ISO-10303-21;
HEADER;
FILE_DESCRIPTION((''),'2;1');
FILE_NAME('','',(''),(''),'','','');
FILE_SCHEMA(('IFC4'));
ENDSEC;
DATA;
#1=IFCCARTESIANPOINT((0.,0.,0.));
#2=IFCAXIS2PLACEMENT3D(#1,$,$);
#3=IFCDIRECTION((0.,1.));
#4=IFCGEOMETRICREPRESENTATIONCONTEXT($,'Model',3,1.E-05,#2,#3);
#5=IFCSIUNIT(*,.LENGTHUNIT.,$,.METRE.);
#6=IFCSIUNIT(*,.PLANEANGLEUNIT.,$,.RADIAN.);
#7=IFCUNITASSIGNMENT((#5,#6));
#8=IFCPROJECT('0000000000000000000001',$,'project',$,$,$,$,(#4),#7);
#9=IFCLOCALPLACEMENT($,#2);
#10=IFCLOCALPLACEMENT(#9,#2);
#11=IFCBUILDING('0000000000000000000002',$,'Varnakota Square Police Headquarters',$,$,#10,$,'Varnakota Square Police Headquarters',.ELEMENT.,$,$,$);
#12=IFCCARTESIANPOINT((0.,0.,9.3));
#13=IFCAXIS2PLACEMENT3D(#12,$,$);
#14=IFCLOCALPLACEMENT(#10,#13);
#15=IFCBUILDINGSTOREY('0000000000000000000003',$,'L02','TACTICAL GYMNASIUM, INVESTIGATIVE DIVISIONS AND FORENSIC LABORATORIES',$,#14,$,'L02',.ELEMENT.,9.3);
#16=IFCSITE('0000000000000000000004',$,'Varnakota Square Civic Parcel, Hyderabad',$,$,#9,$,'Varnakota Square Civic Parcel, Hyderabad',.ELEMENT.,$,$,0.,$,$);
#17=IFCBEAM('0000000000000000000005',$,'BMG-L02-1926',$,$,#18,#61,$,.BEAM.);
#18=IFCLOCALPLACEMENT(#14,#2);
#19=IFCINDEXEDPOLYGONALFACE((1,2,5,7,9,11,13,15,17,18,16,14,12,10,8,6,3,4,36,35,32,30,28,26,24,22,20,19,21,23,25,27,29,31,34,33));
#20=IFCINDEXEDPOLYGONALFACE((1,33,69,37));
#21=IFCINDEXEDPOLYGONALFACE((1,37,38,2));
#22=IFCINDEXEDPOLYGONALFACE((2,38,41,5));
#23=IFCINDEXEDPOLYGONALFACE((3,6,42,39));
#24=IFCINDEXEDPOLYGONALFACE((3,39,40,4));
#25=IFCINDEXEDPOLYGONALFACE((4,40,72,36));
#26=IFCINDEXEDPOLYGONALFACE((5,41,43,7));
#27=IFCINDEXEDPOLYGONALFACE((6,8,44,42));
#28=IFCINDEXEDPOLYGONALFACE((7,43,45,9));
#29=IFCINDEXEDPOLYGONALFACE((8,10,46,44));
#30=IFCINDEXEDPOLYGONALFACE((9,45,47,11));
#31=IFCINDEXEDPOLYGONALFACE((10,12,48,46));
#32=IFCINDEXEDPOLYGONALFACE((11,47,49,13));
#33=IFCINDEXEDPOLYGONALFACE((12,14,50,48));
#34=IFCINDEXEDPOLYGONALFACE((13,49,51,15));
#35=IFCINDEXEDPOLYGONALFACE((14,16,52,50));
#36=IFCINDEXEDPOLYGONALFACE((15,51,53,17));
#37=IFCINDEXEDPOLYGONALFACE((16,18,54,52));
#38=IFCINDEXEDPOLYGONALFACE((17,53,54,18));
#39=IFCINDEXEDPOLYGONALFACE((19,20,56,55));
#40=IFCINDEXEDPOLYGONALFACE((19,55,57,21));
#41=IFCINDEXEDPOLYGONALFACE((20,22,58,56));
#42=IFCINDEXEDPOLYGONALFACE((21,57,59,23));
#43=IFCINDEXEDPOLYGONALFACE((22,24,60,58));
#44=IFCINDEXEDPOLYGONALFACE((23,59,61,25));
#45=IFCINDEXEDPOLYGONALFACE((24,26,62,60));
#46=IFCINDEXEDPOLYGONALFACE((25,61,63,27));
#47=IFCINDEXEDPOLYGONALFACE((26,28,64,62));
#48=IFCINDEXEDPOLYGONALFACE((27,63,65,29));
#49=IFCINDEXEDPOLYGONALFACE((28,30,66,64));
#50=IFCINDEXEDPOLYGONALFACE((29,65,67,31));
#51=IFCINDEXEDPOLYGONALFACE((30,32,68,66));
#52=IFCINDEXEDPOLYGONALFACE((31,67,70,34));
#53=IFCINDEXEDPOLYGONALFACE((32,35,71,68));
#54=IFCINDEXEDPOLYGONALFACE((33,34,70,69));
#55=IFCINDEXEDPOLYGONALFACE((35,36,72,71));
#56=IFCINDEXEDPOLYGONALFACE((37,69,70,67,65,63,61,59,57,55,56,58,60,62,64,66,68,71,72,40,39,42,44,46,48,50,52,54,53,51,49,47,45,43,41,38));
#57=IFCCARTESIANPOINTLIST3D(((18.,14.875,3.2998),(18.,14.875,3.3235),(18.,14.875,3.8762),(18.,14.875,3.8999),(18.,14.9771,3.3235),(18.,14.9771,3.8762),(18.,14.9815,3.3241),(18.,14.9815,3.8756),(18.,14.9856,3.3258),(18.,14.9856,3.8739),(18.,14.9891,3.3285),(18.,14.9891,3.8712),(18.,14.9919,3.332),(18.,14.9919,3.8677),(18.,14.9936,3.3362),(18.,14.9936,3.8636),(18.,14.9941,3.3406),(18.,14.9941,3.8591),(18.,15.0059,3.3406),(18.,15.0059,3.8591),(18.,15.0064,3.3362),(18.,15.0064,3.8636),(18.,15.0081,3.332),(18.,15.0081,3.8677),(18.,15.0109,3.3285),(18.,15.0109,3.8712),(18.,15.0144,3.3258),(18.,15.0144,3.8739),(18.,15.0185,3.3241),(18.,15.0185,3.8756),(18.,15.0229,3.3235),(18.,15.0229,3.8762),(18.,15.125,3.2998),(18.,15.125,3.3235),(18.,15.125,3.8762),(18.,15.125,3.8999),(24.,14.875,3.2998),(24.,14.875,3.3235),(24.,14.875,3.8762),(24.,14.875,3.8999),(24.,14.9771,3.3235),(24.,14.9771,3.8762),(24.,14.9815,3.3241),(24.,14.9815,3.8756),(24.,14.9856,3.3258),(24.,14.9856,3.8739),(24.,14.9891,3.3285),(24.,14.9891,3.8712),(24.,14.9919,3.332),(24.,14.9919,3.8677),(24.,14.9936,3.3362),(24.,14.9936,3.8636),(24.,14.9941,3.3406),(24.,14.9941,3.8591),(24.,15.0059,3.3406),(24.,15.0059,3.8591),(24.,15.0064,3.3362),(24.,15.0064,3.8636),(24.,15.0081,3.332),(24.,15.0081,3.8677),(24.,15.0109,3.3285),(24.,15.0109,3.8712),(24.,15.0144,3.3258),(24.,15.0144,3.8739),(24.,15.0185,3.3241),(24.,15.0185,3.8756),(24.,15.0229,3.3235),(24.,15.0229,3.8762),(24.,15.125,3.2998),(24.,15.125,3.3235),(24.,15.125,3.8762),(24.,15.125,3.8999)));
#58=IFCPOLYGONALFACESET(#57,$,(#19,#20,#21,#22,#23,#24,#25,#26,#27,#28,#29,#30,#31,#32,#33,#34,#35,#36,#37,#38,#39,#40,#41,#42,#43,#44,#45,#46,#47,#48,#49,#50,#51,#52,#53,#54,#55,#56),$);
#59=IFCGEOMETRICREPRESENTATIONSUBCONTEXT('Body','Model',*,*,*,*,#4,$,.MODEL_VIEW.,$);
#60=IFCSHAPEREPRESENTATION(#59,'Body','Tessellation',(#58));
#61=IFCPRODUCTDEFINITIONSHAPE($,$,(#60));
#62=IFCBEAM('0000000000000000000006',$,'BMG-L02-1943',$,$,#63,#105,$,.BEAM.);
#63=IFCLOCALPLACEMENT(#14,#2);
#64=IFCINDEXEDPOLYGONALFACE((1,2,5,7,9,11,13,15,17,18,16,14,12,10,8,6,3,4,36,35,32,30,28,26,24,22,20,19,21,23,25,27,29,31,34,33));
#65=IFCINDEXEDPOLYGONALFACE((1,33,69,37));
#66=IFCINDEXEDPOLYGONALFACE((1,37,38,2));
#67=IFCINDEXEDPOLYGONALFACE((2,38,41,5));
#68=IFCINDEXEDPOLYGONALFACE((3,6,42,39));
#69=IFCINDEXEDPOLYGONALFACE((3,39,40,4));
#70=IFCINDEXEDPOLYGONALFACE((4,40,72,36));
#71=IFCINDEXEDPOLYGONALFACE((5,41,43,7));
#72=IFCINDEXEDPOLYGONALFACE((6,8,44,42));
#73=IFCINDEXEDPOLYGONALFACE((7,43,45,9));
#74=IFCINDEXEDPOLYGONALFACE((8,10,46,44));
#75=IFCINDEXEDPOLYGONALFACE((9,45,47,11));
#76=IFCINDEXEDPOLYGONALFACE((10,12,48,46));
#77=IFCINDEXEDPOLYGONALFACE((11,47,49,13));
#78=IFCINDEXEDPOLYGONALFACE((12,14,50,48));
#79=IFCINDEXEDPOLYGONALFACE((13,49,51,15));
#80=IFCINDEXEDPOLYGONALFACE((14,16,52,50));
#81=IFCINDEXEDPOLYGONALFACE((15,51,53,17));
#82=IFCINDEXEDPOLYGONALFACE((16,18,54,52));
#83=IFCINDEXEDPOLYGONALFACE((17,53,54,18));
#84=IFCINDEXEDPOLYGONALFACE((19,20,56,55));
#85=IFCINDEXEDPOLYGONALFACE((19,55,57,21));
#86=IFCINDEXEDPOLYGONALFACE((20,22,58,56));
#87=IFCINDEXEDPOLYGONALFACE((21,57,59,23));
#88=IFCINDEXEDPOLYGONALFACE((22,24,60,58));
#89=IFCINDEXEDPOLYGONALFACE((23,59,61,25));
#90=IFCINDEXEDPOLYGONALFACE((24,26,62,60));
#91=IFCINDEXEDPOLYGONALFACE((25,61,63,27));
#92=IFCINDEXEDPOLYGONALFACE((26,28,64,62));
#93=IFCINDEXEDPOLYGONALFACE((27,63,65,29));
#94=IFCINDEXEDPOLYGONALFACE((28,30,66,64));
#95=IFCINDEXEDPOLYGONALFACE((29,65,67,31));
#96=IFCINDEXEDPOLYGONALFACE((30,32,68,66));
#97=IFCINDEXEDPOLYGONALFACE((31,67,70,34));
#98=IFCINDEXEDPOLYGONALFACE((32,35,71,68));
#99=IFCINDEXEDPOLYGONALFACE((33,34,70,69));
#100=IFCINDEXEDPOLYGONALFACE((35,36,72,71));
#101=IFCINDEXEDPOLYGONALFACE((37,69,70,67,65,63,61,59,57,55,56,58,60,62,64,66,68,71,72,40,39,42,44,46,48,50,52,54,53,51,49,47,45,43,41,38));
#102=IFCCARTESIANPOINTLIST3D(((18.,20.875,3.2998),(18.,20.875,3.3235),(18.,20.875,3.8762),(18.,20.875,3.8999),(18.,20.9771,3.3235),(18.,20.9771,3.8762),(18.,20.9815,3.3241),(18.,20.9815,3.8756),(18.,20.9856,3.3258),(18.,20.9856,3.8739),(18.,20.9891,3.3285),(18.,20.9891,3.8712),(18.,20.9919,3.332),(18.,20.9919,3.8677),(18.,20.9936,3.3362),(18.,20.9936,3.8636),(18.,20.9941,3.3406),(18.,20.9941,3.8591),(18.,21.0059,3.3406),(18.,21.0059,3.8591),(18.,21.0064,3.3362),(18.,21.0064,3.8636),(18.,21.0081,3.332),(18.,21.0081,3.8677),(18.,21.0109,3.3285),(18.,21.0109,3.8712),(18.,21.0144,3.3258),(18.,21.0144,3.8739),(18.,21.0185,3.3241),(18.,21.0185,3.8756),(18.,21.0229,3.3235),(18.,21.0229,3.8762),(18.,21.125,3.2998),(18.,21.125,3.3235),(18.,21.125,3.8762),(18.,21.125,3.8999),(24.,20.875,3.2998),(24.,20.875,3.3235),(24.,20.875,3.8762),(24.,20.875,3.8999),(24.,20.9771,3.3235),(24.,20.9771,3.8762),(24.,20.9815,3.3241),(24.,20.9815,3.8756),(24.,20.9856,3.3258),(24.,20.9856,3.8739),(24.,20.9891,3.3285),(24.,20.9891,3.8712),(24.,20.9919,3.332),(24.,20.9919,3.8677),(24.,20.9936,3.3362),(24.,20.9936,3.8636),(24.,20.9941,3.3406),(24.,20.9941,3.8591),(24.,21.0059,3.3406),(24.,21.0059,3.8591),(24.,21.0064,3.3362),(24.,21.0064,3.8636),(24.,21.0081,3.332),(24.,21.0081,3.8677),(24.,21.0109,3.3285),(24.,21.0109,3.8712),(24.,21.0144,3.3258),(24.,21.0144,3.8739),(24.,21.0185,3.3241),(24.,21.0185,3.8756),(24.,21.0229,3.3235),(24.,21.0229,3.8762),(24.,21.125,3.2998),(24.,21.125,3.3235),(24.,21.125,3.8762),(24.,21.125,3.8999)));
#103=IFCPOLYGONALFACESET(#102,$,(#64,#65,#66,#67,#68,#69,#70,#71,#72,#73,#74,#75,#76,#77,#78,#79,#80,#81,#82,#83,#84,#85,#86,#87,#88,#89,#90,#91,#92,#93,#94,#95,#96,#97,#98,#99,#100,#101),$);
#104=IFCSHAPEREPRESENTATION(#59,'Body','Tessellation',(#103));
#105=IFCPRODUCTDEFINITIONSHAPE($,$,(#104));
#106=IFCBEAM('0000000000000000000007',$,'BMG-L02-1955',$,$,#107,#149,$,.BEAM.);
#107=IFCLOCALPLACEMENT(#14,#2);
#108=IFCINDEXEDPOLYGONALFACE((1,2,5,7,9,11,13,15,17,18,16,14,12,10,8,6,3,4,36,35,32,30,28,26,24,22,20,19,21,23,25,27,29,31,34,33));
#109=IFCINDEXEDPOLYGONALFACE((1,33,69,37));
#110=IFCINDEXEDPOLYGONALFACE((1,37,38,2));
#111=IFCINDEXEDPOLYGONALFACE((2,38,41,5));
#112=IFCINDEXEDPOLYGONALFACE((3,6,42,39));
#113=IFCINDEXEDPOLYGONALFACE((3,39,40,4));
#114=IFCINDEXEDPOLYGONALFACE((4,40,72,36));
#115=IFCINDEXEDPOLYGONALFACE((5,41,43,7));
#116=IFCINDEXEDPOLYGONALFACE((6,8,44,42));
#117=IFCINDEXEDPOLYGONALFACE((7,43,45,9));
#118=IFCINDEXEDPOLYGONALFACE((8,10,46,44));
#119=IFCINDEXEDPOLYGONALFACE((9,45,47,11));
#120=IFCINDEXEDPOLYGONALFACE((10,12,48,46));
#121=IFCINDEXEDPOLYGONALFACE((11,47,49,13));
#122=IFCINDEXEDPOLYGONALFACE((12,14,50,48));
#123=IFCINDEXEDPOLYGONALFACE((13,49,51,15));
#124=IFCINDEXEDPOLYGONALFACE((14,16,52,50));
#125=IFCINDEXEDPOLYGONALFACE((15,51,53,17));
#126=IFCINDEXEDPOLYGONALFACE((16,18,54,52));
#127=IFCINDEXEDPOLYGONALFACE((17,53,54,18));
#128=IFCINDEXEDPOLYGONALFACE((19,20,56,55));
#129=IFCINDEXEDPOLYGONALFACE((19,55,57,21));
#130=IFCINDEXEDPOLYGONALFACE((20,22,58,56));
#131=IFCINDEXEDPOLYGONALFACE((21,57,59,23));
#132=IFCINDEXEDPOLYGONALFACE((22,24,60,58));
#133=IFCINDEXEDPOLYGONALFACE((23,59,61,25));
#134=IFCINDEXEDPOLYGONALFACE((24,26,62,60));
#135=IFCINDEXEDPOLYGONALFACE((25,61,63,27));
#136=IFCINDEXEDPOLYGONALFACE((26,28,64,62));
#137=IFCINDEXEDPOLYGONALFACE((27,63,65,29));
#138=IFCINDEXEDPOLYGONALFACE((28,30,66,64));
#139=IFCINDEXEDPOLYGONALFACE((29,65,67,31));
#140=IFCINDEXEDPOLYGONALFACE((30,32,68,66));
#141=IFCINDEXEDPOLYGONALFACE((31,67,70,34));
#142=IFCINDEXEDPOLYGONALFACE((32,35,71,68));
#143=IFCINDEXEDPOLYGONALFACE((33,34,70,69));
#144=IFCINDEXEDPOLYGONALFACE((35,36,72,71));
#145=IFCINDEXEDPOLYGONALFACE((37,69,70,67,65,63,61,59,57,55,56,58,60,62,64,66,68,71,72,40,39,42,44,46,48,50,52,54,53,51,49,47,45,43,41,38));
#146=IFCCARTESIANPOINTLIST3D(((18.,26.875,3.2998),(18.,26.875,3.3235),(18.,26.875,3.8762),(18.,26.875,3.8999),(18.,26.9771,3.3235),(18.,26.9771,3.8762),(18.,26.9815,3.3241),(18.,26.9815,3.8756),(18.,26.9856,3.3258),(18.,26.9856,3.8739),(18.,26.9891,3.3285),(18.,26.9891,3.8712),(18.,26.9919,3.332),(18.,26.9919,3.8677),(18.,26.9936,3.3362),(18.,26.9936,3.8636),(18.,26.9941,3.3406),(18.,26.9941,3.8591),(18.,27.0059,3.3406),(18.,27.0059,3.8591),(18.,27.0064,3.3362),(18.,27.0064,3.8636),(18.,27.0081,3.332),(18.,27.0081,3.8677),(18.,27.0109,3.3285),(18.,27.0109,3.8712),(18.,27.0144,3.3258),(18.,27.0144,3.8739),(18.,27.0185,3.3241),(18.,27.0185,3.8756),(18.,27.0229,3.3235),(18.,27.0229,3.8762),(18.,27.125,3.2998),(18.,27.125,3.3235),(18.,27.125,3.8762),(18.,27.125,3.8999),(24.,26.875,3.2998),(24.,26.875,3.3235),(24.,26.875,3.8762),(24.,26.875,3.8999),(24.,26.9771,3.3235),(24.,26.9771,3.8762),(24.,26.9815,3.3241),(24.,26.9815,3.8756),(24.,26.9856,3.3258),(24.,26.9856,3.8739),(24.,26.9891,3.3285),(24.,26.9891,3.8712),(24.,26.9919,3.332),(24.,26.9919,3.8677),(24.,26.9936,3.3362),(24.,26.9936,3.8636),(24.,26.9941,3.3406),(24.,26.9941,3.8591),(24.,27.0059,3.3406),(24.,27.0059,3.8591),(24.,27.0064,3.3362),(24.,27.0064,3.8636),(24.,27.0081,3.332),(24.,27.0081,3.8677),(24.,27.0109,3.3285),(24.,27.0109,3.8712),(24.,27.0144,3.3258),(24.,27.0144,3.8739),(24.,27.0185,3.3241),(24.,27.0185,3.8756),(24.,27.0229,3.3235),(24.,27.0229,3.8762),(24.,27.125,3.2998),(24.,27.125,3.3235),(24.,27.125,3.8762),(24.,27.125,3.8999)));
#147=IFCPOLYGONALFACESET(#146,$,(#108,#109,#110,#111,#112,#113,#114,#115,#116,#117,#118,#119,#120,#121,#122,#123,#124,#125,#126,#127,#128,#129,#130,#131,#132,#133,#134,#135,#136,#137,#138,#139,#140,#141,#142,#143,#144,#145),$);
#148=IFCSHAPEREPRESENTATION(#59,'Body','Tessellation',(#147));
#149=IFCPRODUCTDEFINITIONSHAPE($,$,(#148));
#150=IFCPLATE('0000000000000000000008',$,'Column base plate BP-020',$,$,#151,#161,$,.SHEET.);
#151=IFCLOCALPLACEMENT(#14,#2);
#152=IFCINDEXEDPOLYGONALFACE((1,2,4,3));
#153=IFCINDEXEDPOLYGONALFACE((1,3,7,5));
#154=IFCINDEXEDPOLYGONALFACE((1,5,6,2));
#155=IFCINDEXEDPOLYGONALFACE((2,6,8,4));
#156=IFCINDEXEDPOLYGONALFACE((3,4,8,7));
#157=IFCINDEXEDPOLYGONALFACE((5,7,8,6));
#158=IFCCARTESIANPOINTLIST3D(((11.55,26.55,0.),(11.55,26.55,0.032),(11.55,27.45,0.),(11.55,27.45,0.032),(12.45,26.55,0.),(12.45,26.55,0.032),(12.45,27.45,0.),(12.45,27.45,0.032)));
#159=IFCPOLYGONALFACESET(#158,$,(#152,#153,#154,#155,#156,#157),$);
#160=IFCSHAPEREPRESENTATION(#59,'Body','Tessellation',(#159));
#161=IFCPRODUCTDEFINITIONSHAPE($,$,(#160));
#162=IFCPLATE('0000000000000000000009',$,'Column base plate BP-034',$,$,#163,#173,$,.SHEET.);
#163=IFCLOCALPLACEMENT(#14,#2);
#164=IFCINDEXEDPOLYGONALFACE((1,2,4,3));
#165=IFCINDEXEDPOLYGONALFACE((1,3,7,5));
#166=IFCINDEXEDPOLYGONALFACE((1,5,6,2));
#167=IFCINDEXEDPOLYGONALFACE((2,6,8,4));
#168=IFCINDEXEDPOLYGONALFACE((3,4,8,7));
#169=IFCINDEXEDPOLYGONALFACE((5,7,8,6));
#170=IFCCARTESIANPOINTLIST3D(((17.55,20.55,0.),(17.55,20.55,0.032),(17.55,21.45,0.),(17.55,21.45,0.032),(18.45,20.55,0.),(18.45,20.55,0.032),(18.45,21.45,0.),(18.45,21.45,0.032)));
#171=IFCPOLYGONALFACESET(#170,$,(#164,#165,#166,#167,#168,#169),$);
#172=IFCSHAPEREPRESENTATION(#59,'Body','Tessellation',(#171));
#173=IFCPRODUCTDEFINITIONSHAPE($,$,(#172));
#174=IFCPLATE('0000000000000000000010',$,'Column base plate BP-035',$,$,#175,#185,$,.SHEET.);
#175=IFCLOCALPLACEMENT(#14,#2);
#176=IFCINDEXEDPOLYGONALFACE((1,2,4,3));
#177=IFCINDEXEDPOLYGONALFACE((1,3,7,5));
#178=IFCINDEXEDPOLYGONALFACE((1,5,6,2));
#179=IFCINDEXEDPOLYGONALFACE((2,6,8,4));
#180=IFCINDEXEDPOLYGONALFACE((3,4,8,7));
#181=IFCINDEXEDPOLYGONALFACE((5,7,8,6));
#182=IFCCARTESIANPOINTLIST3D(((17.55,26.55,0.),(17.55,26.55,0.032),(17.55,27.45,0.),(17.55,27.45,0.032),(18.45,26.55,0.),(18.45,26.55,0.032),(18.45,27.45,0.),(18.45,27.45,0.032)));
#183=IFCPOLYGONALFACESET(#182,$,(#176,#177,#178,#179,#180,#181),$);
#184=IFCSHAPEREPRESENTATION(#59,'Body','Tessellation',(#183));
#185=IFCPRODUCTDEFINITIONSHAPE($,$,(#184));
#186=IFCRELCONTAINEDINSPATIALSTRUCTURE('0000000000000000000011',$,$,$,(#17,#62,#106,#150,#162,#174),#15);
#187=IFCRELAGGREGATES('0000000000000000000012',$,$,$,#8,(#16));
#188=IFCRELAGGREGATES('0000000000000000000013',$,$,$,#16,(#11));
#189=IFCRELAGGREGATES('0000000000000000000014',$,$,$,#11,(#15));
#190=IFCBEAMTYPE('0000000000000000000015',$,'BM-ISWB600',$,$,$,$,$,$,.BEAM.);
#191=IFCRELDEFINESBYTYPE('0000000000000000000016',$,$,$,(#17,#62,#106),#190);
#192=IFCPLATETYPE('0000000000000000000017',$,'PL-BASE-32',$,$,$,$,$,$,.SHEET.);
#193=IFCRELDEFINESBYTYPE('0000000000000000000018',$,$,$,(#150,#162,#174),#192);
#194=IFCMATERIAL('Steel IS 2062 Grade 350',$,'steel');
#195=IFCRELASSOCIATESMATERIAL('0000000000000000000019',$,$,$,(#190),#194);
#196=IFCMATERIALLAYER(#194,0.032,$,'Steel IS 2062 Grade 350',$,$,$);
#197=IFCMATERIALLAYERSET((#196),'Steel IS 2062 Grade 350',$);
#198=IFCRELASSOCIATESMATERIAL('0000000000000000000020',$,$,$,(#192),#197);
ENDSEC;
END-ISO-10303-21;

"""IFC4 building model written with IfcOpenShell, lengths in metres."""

from ifc_helpers import new_model, si_unit, direction, frame, origin, origin_2d, place, context, subcontext, project, spatial, rectangle, i_section, extrude, material, layer, layer_set, material_profile, profile_set, type_object, element, save


model = new_model("IFC4")

# Units and contexts
model_context = context("Model", 3, precision=1e-05, world=origin(), true_north=direction((0.0, 1.0)))
body_context = subcontext(model_context, "Body", "Model", "MODEL_VIEW")
ifc_project = project(units=[si_unit("LENGTHUNIT", "METRE"), si_unit("PLANEANGLEUNIT", "RADIAN")], contexts=[model_context])

# Site, building, storey
site_placement = place(None, origin())
site = spatial("IfcSite", under=ifc_project, at=site_placement, Name="Varnakota Square Civic Parcel, Hyderabad", LongName="Varnakota Square Civic Parcel, Hyderabad", CompositionType="ELEMENT", RefElevation=0.0)
building_placement = place(site_placement, origin())
building = spatial("IfcBuilding", under=site, at=building_placement, Name="Varnakota Square Police Headquarters", LongName="Varnakota Square Police Headquarters", CompositionType="ELEMENT")
storey_placement = place(building_placement, frame((0.0, 0.0, 9.3)))
storey = spatial("IfcBuildingStorey", under=building, at=storey_placement, Name="L02", Description="TACTICAL GYMNASIUM, INVESTIGATIVE DIVISIONS AND FORENSIC LABORATORIES", LongName="L02", CompositionType="ELEMENT", Elevation=9.3)

# Shared definitions
ifc_material_1 = material(Name="Steel IS 2062 Grade 350", Category="steel")

# Beams
ifc_material_profile_1 = material_profile(ifc_material_1, i_section(OverallWidth=0.25, OverallDepth=0.6001, WebThickness=0.0117, FlangeThickness=0.0237, FilletRadius=0.0171, at=origin_2d()), Name="ISWB 600")
ifc_profile_set_1 = profile_set([ifc_material_profile_1], Name="Steel IS 2062 Grade 350")
beam_type_1 = type_object("IfcBeamType", Name="BM-ISWB600", PredefinedType="BEAM", material=ifc_profile_set_1)
for number, where, z_axis, x_axis, name in (
    (1, (18.0, 15.0, 3.5999), (1.0, 0.0, 0.0), (0.0, 1.0, 0.0), "BMG-L02-1926"),
    (2, (18.0, 21.0, 3.5999), (1.0, 0.0, 0.0), (0.0, 1.0, 0.0), "BMG-L02-1943"),
    (3, (18.0, 27.0, 3.5999), (1.0, 0.0, 0.0), (0.0, 1.0, 0.0), "BMG-L02-1955"),
):
    element("IfcBeam", number, at=place(storey_placement, frame(where, z_axis=z_axis, x_axis=x_axis)), inside=storey, type_object=beam_type_1, Name=name, PredefinedType="BEAM", context=body_context, shape_type="SweptSolid", body=[
        extrude(i_section(OverallWidth=0.25, OverallDepth=0.6001, WebThickness=0.0117, FlangeThickness=0.0237, FilletRadius=0.0171, at=origin_2d()), origin(), (0.0, 0.0, 1.0), 6.0),
    ])

# Plates
ifc_layer_1 = layer(ifc_material_1, 0.032, Name="Steel IS 2062 Grade 350")
ifc_layer_set_1 = layer_set([ifc_layer_1], Name="Steel IS 2062 Grade 350")
plate_type = type_object("IfcPlateType", Name="PL-BASE-32", PredefinedType="SHEET", material=ifc_layer_set_1)
for number, where, z_axis, x_axis, name in (
    (4, (12.0, 27.0, 0.0), (0.0, 0.0, 1.0), (1.0, 0.0, 0.0), "Column base plate BP-020"),
    (5, (18.0, 21.0, 0.0), (0.0, 0.0, 1.0), (1.0, 0.0, 0.0), "Column base plate BP-034"),
    (6, (18.0, 27.0, 0.0), (0.0, 0.0, 1.0), (1.0, 0.0, 0.0), "Column base plate BP-035"),
):
    element("IfcPlate", number, at=place(storey_placement, frame(where, z_axis=z_axis, x_axis=x_axis)), inside=storey, type_object=plate_type, Name=name, PredefinedType="SHEET", context=body_context, shape_type="SweptSolid", body=[
        extrude(rectangle(XDim=0.8999, YDim=0.8999, at=origin_2d()), origin(), (0.0, 0.0, 1.0), 0.032),
    ])

save(model, "model.ifc")
